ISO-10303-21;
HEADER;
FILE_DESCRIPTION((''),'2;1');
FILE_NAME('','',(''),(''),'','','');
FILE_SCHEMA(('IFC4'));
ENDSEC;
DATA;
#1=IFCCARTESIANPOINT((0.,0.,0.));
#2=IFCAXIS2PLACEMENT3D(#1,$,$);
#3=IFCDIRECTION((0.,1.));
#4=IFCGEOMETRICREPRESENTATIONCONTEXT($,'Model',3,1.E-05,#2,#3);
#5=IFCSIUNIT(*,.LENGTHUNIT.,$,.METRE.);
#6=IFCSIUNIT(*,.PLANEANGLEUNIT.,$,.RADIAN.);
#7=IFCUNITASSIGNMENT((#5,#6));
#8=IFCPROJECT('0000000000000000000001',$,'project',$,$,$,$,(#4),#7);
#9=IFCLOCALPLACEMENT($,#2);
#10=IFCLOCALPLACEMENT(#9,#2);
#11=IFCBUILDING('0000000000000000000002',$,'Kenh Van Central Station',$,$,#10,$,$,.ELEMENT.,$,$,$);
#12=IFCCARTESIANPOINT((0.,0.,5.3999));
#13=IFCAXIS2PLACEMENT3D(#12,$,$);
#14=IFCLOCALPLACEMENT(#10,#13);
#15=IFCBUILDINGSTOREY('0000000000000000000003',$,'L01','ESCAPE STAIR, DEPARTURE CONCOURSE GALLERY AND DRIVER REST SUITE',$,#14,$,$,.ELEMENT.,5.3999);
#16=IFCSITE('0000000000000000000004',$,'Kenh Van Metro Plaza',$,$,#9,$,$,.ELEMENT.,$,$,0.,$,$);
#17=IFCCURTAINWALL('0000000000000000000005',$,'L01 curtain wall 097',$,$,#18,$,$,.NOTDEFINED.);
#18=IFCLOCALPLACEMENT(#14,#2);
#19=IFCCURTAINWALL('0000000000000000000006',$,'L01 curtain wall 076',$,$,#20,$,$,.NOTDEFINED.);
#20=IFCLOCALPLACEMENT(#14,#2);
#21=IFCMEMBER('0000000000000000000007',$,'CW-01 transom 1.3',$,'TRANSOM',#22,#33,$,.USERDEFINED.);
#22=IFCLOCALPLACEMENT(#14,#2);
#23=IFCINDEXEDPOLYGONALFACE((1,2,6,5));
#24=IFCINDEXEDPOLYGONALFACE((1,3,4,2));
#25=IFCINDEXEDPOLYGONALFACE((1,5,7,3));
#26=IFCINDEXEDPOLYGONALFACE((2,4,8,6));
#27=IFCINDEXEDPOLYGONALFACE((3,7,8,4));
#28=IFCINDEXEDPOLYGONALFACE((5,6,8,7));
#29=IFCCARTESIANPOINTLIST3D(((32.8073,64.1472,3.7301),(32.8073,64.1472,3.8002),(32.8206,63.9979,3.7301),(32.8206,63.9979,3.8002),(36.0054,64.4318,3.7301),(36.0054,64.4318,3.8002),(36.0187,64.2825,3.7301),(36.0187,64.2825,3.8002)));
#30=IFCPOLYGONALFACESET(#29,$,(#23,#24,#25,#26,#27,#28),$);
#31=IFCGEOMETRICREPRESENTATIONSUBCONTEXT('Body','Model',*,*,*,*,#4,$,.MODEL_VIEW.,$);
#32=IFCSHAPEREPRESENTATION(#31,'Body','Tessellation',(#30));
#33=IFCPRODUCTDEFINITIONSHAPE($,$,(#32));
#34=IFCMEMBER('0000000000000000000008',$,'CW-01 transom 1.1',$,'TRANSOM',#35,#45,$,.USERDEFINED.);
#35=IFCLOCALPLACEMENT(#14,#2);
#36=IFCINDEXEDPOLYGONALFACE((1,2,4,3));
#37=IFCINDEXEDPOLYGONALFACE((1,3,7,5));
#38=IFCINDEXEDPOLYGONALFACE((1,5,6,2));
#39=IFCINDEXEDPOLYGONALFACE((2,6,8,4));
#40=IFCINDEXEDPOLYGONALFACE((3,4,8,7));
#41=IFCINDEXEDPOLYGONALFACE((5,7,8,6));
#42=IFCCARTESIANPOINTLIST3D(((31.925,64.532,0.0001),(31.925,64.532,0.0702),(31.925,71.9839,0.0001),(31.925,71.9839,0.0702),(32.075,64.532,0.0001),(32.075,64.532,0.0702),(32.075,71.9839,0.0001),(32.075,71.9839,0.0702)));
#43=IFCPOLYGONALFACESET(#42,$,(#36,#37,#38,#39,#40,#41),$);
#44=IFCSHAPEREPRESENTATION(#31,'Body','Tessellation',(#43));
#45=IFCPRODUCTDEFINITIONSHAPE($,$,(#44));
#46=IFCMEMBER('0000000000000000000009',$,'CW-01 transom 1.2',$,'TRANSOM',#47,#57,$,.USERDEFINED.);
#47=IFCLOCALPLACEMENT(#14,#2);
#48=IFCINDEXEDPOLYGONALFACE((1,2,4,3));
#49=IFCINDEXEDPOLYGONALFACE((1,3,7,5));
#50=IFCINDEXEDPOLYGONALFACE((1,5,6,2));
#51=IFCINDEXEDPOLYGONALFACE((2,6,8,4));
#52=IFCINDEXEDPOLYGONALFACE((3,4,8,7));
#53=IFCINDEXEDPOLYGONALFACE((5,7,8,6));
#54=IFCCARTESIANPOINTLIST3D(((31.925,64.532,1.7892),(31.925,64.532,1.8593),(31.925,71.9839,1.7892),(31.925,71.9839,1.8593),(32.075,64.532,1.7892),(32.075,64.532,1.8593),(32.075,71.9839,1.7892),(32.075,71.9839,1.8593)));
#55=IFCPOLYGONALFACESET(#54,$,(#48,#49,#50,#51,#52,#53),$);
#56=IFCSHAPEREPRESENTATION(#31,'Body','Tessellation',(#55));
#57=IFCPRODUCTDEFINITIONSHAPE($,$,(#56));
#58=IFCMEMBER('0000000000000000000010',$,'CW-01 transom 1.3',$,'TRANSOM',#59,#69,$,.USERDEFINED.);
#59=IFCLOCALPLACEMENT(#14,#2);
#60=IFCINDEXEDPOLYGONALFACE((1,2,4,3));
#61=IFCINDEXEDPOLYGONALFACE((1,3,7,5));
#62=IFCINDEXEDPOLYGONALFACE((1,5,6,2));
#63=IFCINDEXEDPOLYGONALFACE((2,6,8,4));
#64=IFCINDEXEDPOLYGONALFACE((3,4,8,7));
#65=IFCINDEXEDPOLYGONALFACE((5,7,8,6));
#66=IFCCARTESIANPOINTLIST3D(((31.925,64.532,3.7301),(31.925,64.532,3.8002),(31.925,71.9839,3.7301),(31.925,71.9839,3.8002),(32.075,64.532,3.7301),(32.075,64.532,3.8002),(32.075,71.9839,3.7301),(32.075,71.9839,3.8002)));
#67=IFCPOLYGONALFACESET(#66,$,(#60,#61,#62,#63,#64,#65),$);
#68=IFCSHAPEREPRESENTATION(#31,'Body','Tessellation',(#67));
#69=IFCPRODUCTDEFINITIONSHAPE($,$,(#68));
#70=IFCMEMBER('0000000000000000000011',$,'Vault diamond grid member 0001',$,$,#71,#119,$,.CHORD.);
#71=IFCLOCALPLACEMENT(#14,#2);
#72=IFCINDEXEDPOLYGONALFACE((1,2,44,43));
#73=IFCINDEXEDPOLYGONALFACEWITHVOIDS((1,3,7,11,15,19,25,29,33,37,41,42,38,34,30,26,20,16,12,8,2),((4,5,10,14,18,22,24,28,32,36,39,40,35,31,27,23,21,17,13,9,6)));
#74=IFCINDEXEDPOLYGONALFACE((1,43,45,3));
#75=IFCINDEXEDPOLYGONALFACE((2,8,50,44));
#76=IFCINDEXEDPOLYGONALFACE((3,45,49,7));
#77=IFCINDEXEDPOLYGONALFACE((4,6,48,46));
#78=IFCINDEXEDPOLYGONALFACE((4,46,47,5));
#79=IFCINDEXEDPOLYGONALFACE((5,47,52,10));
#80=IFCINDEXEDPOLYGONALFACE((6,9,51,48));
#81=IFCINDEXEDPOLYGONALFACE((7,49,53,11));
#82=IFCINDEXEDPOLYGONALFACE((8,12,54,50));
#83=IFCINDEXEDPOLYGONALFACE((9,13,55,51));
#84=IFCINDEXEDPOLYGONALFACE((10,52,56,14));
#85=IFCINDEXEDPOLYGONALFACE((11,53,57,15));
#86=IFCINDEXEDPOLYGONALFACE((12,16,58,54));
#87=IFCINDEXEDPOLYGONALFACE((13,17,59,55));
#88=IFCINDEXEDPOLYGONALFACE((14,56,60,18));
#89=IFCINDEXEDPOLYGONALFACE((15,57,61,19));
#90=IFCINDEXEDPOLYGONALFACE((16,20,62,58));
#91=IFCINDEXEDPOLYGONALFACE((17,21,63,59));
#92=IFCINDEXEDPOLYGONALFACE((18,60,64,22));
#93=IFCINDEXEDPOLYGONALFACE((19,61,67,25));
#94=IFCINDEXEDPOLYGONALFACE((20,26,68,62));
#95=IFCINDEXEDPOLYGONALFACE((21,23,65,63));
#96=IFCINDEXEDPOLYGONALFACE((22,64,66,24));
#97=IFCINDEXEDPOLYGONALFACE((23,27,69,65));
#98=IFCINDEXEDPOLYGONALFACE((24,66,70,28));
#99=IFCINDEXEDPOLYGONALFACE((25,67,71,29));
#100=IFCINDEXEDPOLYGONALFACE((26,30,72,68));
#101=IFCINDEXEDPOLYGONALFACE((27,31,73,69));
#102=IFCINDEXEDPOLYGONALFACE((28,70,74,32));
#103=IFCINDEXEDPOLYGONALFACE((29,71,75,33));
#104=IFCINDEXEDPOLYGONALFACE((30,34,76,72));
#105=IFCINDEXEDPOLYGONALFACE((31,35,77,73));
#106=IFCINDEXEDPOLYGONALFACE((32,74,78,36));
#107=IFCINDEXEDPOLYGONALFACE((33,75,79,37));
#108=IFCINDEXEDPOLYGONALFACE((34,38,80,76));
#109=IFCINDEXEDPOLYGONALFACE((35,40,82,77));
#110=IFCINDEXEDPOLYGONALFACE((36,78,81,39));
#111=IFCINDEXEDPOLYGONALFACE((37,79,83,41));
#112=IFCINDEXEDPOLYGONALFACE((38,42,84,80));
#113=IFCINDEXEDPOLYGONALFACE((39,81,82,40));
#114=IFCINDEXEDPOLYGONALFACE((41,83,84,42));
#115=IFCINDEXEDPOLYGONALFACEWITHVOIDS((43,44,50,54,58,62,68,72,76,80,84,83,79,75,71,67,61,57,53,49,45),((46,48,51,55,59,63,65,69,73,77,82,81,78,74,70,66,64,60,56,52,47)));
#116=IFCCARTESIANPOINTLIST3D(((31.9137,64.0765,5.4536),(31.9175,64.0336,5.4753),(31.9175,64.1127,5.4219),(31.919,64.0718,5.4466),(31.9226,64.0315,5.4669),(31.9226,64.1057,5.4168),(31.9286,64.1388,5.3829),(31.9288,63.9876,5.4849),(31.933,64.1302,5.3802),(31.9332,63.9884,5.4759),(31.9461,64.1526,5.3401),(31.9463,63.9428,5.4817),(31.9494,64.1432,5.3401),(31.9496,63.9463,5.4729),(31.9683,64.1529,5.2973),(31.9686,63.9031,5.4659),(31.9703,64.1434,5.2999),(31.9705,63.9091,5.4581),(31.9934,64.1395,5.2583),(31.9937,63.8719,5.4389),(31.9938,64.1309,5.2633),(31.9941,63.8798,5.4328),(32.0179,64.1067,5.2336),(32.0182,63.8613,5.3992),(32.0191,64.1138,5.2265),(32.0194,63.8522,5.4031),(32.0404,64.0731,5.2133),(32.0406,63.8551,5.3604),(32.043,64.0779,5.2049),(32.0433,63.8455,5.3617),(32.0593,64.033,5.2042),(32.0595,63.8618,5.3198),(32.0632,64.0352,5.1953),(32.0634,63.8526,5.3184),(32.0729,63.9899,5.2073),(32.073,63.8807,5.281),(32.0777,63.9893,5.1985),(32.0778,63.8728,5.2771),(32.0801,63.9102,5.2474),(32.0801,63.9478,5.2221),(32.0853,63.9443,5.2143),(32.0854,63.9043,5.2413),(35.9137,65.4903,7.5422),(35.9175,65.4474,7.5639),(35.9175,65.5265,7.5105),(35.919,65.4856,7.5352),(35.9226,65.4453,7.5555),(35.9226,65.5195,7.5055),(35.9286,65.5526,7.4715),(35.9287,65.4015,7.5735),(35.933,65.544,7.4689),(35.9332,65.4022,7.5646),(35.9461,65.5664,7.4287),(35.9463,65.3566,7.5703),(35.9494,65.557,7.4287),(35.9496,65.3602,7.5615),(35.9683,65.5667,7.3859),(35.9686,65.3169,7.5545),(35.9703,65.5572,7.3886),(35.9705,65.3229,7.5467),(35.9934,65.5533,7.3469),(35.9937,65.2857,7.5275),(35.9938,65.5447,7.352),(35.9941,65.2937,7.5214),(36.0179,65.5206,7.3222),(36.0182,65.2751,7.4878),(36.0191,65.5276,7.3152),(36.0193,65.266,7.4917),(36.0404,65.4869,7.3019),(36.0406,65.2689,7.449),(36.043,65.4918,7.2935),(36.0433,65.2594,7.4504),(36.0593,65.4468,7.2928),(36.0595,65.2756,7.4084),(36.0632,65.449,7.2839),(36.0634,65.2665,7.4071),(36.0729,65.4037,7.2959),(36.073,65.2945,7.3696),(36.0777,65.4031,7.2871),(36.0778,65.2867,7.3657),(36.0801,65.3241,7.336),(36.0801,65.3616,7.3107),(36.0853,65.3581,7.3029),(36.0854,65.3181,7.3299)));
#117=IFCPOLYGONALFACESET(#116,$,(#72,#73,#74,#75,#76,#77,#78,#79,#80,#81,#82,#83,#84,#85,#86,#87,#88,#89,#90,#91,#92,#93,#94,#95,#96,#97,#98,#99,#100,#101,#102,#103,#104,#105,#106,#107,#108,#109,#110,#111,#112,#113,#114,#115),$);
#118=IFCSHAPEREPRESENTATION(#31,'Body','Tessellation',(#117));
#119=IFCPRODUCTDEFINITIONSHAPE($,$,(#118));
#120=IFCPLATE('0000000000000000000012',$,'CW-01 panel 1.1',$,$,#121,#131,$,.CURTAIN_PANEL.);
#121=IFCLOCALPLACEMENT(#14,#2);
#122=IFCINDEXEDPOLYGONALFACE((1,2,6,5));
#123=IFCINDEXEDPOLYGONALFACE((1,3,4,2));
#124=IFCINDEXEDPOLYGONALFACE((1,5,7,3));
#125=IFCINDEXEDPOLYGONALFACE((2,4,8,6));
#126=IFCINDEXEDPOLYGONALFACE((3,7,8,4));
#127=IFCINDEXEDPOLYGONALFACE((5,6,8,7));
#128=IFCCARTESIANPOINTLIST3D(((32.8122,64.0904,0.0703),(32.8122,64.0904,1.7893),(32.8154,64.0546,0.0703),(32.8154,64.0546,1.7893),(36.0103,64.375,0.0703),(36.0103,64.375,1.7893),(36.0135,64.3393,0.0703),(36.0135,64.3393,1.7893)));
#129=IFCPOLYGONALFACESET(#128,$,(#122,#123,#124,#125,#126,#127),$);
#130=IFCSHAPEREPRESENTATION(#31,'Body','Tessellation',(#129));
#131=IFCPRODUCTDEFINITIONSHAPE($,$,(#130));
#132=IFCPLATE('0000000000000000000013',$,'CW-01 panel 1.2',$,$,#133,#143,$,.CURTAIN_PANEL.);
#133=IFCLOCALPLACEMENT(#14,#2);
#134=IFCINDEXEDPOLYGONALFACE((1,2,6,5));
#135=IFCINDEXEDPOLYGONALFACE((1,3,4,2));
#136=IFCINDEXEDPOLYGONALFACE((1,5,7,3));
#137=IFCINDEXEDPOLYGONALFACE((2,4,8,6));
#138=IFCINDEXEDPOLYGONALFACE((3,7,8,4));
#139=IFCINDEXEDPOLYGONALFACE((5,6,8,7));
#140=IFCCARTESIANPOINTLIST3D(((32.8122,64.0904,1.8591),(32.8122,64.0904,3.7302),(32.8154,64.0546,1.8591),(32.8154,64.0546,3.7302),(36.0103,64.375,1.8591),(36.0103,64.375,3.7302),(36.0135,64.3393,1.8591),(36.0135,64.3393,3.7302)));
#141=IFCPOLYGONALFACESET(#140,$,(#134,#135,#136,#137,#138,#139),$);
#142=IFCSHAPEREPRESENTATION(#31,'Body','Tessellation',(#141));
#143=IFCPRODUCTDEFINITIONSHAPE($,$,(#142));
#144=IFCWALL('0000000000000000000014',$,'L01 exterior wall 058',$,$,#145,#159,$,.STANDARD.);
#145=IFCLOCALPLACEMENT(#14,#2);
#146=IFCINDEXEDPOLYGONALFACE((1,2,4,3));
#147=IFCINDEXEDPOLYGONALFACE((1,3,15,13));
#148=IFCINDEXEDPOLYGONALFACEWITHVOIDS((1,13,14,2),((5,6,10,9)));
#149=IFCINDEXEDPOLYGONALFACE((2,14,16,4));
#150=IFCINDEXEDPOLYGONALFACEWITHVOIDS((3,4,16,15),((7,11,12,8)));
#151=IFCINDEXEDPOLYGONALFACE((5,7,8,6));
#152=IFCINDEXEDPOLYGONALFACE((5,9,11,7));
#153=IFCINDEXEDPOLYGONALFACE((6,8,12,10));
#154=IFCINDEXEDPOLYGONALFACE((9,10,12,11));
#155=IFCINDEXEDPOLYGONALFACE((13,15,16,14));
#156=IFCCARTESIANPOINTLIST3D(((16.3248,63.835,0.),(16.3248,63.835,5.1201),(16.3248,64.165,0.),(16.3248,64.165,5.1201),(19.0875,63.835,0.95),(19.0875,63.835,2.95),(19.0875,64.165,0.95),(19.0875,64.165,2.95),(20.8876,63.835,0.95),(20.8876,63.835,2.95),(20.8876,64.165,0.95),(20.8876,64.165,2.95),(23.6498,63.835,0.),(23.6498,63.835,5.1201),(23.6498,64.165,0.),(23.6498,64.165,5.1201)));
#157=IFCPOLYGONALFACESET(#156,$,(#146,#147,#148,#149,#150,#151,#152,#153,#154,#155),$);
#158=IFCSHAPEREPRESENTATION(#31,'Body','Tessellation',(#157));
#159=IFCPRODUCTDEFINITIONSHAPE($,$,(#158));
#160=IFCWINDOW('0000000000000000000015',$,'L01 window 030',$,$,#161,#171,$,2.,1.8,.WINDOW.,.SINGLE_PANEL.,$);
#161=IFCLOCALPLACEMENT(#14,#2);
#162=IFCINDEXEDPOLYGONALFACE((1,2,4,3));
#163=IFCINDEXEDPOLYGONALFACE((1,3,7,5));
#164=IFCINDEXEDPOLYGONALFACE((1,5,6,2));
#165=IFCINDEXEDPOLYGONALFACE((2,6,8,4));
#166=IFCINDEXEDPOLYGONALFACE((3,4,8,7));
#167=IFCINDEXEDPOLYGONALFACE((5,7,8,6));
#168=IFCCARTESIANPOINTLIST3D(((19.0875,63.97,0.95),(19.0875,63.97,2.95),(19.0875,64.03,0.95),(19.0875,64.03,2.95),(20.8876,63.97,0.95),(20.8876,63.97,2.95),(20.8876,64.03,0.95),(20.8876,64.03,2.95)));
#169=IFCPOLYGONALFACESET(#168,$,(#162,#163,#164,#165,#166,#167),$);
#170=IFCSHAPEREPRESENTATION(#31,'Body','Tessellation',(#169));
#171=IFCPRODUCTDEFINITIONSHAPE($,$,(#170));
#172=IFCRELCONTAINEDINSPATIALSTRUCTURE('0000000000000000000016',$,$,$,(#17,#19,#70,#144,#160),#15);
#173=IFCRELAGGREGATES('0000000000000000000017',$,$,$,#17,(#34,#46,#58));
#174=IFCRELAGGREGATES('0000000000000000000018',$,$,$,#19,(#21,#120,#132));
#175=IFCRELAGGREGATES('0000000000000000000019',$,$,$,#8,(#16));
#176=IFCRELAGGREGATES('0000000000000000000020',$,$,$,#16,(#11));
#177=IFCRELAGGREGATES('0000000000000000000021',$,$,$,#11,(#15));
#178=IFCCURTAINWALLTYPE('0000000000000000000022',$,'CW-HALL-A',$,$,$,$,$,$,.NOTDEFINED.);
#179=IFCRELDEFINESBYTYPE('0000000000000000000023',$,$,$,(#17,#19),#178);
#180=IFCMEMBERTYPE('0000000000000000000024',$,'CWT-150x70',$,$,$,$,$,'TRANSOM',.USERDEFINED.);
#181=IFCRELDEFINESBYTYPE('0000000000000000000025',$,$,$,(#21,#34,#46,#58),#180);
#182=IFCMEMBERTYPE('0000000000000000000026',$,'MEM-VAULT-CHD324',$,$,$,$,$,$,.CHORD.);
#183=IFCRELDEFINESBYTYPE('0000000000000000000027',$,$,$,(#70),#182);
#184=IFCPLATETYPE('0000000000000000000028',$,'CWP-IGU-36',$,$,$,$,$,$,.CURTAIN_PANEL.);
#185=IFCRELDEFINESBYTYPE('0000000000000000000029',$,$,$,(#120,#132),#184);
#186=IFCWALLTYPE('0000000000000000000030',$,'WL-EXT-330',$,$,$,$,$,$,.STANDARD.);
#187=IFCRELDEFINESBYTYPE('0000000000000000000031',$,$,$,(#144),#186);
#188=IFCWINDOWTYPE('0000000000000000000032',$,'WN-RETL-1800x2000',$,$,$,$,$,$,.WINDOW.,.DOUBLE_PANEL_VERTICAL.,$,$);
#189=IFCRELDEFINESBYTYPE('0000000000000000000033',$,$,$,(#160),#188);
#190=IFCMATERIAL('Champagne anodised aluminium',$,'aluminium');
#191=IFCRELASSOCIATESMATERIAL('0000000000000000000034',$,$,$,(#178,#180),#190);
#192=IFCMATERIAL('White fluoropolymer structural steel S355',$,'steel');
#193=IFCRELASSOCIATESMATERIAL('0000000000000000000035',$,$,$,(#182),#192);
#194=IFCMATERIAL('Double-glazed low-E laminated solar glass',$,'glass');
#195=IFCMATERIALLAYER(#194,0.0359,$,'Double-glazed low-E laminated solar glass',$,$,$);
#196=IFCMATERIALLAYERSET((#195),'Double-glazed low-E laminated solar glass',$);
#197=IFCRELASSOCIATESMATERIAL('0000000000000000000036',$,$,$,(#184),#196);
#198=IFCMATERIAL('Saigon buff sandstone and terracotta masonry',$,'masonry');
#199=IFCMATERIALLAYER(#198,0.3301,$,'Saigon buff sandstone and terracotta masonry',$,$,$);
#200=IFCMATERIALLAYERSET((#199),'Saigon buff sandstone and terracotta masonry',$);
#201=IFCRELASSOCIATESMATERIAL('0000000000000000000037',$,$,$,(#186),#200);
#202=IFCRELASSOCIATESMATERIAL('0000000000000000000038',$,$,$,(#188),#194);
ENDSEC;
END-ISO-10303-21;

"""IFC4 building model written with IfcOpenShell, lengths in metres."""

from ifc_helpers import new_model, si_unit, direction, frame, frame_2d, origin, origin_2d, place, context, subcontext, project, spatial, rectangle, hollow_circle, extrude, material, layer, layer_set, material_profile, profile_set, type_object, element, fill, aggregate, save


model = new_model("IFC4")

# Units and contexts
model_context = context("Model", 3, precision=1e-05, world=origin(), true_north=direction((0.0, 1.0)))
body_context = subcontext(model_context, "Body", "Model", "MODEL_VIEW")
ifc_project = project(units=[si_unit("LENGTHUNIT", "METRE"), si_unit("PLANEANGLEUNIT", "RADIAN")], contexts=[model_context])

# Site, building, storey
site_placement = place(None, origin())
site = spatial("IfcSite", under=ifc_project, at=site_placement, Name="Kenh Van Metro Plaza", CompositionType="ELEMENT", RefElevation=0.0)
building_placement = place(site_placement, origin())
building = spatial("IfcBuilding", under=site, at=building_placement, Name="Kenh Van Central Station", CompositionType="ELEMENT")
storey_placement = place(building_placement, frame((0.0, 0.0, 5.3999)))
storey = spatial("IfcBuildingStorey", under=building, at=storey_placement, Name="L01", Description="ESCAPE STAIR, DEPARTURE CONCOURSE GALLERY AND DRIVER REST SUITE", CompositionType="ELEMENT", Elevation=5.3999)

# Shared definitions
ifc_material_1 = material(Name="White fluoropolymer structural steel S355", Category="steel")

# Curtain wall
ifc_material_2 = material(Name="Champagne anodised aluminium", Category="aluminium")
curtain_wall_type = type_object("IfcCurtainWallType", Name="CW-HALL-A", PredefinedType="NOTDEFINED", material=ifc_material_2)
curtain_wall_1_placement = place(storey_placement, origin())
curtain_wall_1 = element("IfcCurtainWall", 1, at=curtain_wall_1_placement, inside=storey, type_object=curtain_wall_type, Name="L01 curtain wall 097", PredefinedType="NOTDEFINED")

# Curtain wall, member
curtain_wall_2_placement = place(storey_placement, origin())
curtain_wall_2 = element("IfcCurtainWall", 2, at=curtain_wall_2_placement, inside=storey, type_object=curtain_wall_type, Name="L01 curtain wall 076", PredefinedType="NOTDEFINED")
ifc_material_profile_1 = material_profile(ifc_material_2, rectangle(XDim=0.1499, YDim=0.0701, at=origin_2d()), Name="AL 150x70")
ifc_profile_set_1 = profile_set([ifc_material_profile_1], Name="Champagne anodised aluminium")
member_type_1 = type_object("IfcMemberType", Name="CWT-150x70", ElementType="TRANSOM", PredefinedType="USERDEFINED", material=ifc_profile_set_1)
member_1_placement = place(storey_placement, frame((32.814, 64.0725, 3.7651), z_axis=(0.996062, 0.088664, 0.0), x_axis=(-0.088664, 0.996062, 0.0)))
member_1 = element("IfcMember", 3, at=member_1_placement, type_object=member_type_1, Name="CW-01 transom 1.3", ObjectType="TRANSOM", PredefinedType="USERDEFINED", context=body_context, shape_type="SweptSolid", body=[
    extrude(rectangle(XDim=0.1499, YDim=0.0701, at=origin_2d()), origin(), (0.0, 0.0, 1.0), 3.2107),
])

# Members
member_2_placement = place(storey_placement, frame((32.0, 64.532, 0.0352), z_axis=(0.0, 1.0, 0.0), x_axis=(-1.0, 0.0, 0.0)))
member_2 = element("IfcMember", 4, at=member_2_placement, type_object=member_type_1, Name="CW-01 transom 1.1", ObjectType="TRANSOM", PredefinedType="USERDEFINED", context=body_context, shape_type="SweptSolid", body=[
    extrude(rectangle(XDim=0.1499, YDim=0.0701, at=origin_2d()), origin(), (0.0, 0.0, 1.0), 7.4519),
])
member_3_placement = place(storey_placement, frame((32.0, 64.532, 1.8242), z_axis=(0.0, 1.0, 0.0), x_axis=(-1.0, 0.0, 0.0)))
member_3 = element("IfcMember", 5, at=member_3_placement, type_object=member_type_1, Name="CW-01 transom 1.2", ObjectType="TRANSOM", PredefinedType="USERDEFINED", context=body_context, shape_type="SweptSolid", body=[
    extrude(rectangle(XDim=0.1499, YDim=0.0701, at=origin_2d()), origin(), (0.0, 0.0, 1.0), 7.4519),
])
member_4_placement = place(storey_placement, frame((32.0, 64.532, 3.7651), z_axis=(0.0, 1.0, 0.0), x_axis=(-1.0, 0.0, 0.0)))
member_4 = element("IfcMember", 6, at=member_4_placement, type_object=member_type_1, Name="CW-01 transom 1.3", ObjectType="TRANSOM", PredefinedType="USERDEFINED", context=body_context, shape_type="SweptSolid", body=[
    extrude(rectangle(XDim=0.1499, YDim=0.0701, at=origin_2d()), origin(), (0.0, 0.0, 1.0), 7.4519),
])
aggregate(curtain_wall_1, [member_2, member_3, member_4])
ifc_material_profile_2 = material_profile(ifc_material_1, hollow_circle(Radius=0.1619, WallThickness=0.01, at=origin_2d()), Name="CHS 323.9x10")
ifc_profile_set_2 = profile_set([ifc_material_profile_2], Name="White fluoropolymer structural steel S355")
member_type_2 = type_object("IfcMemberType", Name="MEM-VAULT-CHD324", PredefinedType="CHORD", material=ifc_profile_set_2)
member_5_placement = place(storey_placement, frame((32.0, 64.0, 5.3401), z_axis=(0.845887, 0.298983, 0.441685), x_axis=(-0.333251, 0.942838, 0.0)))
element("IfcMember", 7, at=member_5_placement, inside=storey, type_object=member_type_2, Name="Vault diamond grid member 0001", PredefinedType="CHORD", context=body_context, shape_type="SweptSolid", body=[
    extrude(hollow_circle(Radius=0.1619, WallThickness=0.01, at=origin_2d()), origin(), (0.0, 0.0, 1.0), 4.7288),
])

# Plates
ifc_material_3 = material(Name="Double-glazed low-E laminated solar glass", Category="glass")
ifc_layer_1 = layer(ifc_material_3, 0.0359, Name="Double-glazed low-E laminated solar glass")
ifc_layer_set_1 = layer_set([ifc_layer_1], Name="Double-glazed low-E laminated solar glass")
plate_type = type_object("IfcPlateType", Name="CWP-IGU-36", PredefinedType="CURTAIN_PANEL", material=ifc_layer_set_1)
plate_1_placement = place(storey_placement, frame((34.4128, 64.2148, 0.0703), z_axis=(0.0, 0.0, 1.0), x_axis=(0.996062, 0.08866, 0.0)))
plate_1 = element("IfcPlate", 8, at=plate_1_placement, type_object=plate_type, Name="CW-01 panel 1.1", PredefinedType="CURTAIN_PANEL", context=body_context, shape_type="SweptSolid", body=[
    extrude(rectangle(XDim=3.2107, YDim=0.0359, at=origin_2d()), origin(), (0.0, 0.0, 1.0), 1.719),
])
plate_2_placement = place(storey_placement, frame((34.4128, 64.2148, 1.8591), z_axis=(0.0, 0.0, 1.0), x_axis=(0.996062, 0.08866, 0.0)))
plate_2 = element("IfcPlate", 9, at=plate_2_placement, type_object=plate_type, Name="CW-01 panel 1.2", PredefinedType="CURTAIN_PANEL", context=body_context, shape_type="SweptSolid", body=[
    extrude(rectangle(XDim=3.2107, YDim=0.0359, at=origin_2d()), origin(), (0.0, 0.0, 1.0), 1.8711),
])
aggregate(curtain_wall_2, [member_1, plate_1, plate_2])

# Wall, opening, window
ifc_material_4 = material(Name="Saigon buff sandstone and terracotta masonry", Category="masonry")
ifc_layer_2 = layer(ifc_material_4, 0.3301, Name="Saigon buff sandstone and terracotta masonry")
ifc_layer_set_2 = layer_set([ifc_layer_2], Name="Saigon buff sandstone and terracotta masonry")
wall_type_1 = type_object("IfcWallType", Name="WL-EXT-330", PredefinedType="STANDARD", material=ifc_layer_set_2)
wall_1_placement = place(storey_placement, frame((23.6499, 64.0, 0.0), z_axis=(0.0, 0.0, 1.0), x_axis=(-1.0, 0.0, 0.0)))
wall_1 = element("IfcWall", 10, at=wall_1_placement, inside=storey, type_object=wall_type_1, Name="L01 exterior wall 058", PredefinedType="STANDARD", context=body_context, shape_type="SweptSolid", body=[
    extrude(rectangle(XDim=7.325, YDim=0.3301, at=frame_2d((3.6626, 0.0))), origin(), (0.0, 0.0, 1.0), 5.1201),
])
opening_1_placement = place(wall_1_placement, frame((2.7625, 0.0, 0.95)))
opening_1 = element("IfcOpeningElement", 11, at=opening_1_placement, cuts=wall_1, PredefinedType="OPENING", context=body_context, shape_type="SweptSolid", body=[
    extrude(rectangle(XDim=1.8, YDim=2.0, at=frame_2d((0.8999, 1.0))), frame((0.0, 0.175, 0.0), z_axis=(0.0, -1.0, 0.0), x_axis=(1.0, 0.0, 0.0)), (0.0, 0.0, 1.0), 0.3501),
])
window_type_1 = type_object("IfcWindowType", Name="WN-RETL-1800x2000", PartitioningType="DOUBLE_PANEL_VERTICAL", PredefinedType="WINDOW", material=ifc_material_3)
window_1_placement = place(opening_1_placement, origin())
window_1 = element("IfcWindow", 12, at=window_1_placement, inside=storey, type_object=window_type_1, Name="L01 window 030", OverallHeight=2.0, OverallWidth=1.8, PartitioningType="SINGLE_PANEL", PredefinedType="WINDOW", context=body_context, shape_type="SweptSolid", body=[
    extrude(rectangle(XDim=1.8, YDim=2.0, at=frame_2d((0.8999, 1.0))), frame((0.0, 0.03, 0.0), z_axis=(0.0, -1.0, 0.0), x_axis=(1.0, 0.0, 0.0)), (0.0, 0.0, 1.0), 0.0601),
])
fill(opening_1, window_1)

save(model, "model.ifc")
